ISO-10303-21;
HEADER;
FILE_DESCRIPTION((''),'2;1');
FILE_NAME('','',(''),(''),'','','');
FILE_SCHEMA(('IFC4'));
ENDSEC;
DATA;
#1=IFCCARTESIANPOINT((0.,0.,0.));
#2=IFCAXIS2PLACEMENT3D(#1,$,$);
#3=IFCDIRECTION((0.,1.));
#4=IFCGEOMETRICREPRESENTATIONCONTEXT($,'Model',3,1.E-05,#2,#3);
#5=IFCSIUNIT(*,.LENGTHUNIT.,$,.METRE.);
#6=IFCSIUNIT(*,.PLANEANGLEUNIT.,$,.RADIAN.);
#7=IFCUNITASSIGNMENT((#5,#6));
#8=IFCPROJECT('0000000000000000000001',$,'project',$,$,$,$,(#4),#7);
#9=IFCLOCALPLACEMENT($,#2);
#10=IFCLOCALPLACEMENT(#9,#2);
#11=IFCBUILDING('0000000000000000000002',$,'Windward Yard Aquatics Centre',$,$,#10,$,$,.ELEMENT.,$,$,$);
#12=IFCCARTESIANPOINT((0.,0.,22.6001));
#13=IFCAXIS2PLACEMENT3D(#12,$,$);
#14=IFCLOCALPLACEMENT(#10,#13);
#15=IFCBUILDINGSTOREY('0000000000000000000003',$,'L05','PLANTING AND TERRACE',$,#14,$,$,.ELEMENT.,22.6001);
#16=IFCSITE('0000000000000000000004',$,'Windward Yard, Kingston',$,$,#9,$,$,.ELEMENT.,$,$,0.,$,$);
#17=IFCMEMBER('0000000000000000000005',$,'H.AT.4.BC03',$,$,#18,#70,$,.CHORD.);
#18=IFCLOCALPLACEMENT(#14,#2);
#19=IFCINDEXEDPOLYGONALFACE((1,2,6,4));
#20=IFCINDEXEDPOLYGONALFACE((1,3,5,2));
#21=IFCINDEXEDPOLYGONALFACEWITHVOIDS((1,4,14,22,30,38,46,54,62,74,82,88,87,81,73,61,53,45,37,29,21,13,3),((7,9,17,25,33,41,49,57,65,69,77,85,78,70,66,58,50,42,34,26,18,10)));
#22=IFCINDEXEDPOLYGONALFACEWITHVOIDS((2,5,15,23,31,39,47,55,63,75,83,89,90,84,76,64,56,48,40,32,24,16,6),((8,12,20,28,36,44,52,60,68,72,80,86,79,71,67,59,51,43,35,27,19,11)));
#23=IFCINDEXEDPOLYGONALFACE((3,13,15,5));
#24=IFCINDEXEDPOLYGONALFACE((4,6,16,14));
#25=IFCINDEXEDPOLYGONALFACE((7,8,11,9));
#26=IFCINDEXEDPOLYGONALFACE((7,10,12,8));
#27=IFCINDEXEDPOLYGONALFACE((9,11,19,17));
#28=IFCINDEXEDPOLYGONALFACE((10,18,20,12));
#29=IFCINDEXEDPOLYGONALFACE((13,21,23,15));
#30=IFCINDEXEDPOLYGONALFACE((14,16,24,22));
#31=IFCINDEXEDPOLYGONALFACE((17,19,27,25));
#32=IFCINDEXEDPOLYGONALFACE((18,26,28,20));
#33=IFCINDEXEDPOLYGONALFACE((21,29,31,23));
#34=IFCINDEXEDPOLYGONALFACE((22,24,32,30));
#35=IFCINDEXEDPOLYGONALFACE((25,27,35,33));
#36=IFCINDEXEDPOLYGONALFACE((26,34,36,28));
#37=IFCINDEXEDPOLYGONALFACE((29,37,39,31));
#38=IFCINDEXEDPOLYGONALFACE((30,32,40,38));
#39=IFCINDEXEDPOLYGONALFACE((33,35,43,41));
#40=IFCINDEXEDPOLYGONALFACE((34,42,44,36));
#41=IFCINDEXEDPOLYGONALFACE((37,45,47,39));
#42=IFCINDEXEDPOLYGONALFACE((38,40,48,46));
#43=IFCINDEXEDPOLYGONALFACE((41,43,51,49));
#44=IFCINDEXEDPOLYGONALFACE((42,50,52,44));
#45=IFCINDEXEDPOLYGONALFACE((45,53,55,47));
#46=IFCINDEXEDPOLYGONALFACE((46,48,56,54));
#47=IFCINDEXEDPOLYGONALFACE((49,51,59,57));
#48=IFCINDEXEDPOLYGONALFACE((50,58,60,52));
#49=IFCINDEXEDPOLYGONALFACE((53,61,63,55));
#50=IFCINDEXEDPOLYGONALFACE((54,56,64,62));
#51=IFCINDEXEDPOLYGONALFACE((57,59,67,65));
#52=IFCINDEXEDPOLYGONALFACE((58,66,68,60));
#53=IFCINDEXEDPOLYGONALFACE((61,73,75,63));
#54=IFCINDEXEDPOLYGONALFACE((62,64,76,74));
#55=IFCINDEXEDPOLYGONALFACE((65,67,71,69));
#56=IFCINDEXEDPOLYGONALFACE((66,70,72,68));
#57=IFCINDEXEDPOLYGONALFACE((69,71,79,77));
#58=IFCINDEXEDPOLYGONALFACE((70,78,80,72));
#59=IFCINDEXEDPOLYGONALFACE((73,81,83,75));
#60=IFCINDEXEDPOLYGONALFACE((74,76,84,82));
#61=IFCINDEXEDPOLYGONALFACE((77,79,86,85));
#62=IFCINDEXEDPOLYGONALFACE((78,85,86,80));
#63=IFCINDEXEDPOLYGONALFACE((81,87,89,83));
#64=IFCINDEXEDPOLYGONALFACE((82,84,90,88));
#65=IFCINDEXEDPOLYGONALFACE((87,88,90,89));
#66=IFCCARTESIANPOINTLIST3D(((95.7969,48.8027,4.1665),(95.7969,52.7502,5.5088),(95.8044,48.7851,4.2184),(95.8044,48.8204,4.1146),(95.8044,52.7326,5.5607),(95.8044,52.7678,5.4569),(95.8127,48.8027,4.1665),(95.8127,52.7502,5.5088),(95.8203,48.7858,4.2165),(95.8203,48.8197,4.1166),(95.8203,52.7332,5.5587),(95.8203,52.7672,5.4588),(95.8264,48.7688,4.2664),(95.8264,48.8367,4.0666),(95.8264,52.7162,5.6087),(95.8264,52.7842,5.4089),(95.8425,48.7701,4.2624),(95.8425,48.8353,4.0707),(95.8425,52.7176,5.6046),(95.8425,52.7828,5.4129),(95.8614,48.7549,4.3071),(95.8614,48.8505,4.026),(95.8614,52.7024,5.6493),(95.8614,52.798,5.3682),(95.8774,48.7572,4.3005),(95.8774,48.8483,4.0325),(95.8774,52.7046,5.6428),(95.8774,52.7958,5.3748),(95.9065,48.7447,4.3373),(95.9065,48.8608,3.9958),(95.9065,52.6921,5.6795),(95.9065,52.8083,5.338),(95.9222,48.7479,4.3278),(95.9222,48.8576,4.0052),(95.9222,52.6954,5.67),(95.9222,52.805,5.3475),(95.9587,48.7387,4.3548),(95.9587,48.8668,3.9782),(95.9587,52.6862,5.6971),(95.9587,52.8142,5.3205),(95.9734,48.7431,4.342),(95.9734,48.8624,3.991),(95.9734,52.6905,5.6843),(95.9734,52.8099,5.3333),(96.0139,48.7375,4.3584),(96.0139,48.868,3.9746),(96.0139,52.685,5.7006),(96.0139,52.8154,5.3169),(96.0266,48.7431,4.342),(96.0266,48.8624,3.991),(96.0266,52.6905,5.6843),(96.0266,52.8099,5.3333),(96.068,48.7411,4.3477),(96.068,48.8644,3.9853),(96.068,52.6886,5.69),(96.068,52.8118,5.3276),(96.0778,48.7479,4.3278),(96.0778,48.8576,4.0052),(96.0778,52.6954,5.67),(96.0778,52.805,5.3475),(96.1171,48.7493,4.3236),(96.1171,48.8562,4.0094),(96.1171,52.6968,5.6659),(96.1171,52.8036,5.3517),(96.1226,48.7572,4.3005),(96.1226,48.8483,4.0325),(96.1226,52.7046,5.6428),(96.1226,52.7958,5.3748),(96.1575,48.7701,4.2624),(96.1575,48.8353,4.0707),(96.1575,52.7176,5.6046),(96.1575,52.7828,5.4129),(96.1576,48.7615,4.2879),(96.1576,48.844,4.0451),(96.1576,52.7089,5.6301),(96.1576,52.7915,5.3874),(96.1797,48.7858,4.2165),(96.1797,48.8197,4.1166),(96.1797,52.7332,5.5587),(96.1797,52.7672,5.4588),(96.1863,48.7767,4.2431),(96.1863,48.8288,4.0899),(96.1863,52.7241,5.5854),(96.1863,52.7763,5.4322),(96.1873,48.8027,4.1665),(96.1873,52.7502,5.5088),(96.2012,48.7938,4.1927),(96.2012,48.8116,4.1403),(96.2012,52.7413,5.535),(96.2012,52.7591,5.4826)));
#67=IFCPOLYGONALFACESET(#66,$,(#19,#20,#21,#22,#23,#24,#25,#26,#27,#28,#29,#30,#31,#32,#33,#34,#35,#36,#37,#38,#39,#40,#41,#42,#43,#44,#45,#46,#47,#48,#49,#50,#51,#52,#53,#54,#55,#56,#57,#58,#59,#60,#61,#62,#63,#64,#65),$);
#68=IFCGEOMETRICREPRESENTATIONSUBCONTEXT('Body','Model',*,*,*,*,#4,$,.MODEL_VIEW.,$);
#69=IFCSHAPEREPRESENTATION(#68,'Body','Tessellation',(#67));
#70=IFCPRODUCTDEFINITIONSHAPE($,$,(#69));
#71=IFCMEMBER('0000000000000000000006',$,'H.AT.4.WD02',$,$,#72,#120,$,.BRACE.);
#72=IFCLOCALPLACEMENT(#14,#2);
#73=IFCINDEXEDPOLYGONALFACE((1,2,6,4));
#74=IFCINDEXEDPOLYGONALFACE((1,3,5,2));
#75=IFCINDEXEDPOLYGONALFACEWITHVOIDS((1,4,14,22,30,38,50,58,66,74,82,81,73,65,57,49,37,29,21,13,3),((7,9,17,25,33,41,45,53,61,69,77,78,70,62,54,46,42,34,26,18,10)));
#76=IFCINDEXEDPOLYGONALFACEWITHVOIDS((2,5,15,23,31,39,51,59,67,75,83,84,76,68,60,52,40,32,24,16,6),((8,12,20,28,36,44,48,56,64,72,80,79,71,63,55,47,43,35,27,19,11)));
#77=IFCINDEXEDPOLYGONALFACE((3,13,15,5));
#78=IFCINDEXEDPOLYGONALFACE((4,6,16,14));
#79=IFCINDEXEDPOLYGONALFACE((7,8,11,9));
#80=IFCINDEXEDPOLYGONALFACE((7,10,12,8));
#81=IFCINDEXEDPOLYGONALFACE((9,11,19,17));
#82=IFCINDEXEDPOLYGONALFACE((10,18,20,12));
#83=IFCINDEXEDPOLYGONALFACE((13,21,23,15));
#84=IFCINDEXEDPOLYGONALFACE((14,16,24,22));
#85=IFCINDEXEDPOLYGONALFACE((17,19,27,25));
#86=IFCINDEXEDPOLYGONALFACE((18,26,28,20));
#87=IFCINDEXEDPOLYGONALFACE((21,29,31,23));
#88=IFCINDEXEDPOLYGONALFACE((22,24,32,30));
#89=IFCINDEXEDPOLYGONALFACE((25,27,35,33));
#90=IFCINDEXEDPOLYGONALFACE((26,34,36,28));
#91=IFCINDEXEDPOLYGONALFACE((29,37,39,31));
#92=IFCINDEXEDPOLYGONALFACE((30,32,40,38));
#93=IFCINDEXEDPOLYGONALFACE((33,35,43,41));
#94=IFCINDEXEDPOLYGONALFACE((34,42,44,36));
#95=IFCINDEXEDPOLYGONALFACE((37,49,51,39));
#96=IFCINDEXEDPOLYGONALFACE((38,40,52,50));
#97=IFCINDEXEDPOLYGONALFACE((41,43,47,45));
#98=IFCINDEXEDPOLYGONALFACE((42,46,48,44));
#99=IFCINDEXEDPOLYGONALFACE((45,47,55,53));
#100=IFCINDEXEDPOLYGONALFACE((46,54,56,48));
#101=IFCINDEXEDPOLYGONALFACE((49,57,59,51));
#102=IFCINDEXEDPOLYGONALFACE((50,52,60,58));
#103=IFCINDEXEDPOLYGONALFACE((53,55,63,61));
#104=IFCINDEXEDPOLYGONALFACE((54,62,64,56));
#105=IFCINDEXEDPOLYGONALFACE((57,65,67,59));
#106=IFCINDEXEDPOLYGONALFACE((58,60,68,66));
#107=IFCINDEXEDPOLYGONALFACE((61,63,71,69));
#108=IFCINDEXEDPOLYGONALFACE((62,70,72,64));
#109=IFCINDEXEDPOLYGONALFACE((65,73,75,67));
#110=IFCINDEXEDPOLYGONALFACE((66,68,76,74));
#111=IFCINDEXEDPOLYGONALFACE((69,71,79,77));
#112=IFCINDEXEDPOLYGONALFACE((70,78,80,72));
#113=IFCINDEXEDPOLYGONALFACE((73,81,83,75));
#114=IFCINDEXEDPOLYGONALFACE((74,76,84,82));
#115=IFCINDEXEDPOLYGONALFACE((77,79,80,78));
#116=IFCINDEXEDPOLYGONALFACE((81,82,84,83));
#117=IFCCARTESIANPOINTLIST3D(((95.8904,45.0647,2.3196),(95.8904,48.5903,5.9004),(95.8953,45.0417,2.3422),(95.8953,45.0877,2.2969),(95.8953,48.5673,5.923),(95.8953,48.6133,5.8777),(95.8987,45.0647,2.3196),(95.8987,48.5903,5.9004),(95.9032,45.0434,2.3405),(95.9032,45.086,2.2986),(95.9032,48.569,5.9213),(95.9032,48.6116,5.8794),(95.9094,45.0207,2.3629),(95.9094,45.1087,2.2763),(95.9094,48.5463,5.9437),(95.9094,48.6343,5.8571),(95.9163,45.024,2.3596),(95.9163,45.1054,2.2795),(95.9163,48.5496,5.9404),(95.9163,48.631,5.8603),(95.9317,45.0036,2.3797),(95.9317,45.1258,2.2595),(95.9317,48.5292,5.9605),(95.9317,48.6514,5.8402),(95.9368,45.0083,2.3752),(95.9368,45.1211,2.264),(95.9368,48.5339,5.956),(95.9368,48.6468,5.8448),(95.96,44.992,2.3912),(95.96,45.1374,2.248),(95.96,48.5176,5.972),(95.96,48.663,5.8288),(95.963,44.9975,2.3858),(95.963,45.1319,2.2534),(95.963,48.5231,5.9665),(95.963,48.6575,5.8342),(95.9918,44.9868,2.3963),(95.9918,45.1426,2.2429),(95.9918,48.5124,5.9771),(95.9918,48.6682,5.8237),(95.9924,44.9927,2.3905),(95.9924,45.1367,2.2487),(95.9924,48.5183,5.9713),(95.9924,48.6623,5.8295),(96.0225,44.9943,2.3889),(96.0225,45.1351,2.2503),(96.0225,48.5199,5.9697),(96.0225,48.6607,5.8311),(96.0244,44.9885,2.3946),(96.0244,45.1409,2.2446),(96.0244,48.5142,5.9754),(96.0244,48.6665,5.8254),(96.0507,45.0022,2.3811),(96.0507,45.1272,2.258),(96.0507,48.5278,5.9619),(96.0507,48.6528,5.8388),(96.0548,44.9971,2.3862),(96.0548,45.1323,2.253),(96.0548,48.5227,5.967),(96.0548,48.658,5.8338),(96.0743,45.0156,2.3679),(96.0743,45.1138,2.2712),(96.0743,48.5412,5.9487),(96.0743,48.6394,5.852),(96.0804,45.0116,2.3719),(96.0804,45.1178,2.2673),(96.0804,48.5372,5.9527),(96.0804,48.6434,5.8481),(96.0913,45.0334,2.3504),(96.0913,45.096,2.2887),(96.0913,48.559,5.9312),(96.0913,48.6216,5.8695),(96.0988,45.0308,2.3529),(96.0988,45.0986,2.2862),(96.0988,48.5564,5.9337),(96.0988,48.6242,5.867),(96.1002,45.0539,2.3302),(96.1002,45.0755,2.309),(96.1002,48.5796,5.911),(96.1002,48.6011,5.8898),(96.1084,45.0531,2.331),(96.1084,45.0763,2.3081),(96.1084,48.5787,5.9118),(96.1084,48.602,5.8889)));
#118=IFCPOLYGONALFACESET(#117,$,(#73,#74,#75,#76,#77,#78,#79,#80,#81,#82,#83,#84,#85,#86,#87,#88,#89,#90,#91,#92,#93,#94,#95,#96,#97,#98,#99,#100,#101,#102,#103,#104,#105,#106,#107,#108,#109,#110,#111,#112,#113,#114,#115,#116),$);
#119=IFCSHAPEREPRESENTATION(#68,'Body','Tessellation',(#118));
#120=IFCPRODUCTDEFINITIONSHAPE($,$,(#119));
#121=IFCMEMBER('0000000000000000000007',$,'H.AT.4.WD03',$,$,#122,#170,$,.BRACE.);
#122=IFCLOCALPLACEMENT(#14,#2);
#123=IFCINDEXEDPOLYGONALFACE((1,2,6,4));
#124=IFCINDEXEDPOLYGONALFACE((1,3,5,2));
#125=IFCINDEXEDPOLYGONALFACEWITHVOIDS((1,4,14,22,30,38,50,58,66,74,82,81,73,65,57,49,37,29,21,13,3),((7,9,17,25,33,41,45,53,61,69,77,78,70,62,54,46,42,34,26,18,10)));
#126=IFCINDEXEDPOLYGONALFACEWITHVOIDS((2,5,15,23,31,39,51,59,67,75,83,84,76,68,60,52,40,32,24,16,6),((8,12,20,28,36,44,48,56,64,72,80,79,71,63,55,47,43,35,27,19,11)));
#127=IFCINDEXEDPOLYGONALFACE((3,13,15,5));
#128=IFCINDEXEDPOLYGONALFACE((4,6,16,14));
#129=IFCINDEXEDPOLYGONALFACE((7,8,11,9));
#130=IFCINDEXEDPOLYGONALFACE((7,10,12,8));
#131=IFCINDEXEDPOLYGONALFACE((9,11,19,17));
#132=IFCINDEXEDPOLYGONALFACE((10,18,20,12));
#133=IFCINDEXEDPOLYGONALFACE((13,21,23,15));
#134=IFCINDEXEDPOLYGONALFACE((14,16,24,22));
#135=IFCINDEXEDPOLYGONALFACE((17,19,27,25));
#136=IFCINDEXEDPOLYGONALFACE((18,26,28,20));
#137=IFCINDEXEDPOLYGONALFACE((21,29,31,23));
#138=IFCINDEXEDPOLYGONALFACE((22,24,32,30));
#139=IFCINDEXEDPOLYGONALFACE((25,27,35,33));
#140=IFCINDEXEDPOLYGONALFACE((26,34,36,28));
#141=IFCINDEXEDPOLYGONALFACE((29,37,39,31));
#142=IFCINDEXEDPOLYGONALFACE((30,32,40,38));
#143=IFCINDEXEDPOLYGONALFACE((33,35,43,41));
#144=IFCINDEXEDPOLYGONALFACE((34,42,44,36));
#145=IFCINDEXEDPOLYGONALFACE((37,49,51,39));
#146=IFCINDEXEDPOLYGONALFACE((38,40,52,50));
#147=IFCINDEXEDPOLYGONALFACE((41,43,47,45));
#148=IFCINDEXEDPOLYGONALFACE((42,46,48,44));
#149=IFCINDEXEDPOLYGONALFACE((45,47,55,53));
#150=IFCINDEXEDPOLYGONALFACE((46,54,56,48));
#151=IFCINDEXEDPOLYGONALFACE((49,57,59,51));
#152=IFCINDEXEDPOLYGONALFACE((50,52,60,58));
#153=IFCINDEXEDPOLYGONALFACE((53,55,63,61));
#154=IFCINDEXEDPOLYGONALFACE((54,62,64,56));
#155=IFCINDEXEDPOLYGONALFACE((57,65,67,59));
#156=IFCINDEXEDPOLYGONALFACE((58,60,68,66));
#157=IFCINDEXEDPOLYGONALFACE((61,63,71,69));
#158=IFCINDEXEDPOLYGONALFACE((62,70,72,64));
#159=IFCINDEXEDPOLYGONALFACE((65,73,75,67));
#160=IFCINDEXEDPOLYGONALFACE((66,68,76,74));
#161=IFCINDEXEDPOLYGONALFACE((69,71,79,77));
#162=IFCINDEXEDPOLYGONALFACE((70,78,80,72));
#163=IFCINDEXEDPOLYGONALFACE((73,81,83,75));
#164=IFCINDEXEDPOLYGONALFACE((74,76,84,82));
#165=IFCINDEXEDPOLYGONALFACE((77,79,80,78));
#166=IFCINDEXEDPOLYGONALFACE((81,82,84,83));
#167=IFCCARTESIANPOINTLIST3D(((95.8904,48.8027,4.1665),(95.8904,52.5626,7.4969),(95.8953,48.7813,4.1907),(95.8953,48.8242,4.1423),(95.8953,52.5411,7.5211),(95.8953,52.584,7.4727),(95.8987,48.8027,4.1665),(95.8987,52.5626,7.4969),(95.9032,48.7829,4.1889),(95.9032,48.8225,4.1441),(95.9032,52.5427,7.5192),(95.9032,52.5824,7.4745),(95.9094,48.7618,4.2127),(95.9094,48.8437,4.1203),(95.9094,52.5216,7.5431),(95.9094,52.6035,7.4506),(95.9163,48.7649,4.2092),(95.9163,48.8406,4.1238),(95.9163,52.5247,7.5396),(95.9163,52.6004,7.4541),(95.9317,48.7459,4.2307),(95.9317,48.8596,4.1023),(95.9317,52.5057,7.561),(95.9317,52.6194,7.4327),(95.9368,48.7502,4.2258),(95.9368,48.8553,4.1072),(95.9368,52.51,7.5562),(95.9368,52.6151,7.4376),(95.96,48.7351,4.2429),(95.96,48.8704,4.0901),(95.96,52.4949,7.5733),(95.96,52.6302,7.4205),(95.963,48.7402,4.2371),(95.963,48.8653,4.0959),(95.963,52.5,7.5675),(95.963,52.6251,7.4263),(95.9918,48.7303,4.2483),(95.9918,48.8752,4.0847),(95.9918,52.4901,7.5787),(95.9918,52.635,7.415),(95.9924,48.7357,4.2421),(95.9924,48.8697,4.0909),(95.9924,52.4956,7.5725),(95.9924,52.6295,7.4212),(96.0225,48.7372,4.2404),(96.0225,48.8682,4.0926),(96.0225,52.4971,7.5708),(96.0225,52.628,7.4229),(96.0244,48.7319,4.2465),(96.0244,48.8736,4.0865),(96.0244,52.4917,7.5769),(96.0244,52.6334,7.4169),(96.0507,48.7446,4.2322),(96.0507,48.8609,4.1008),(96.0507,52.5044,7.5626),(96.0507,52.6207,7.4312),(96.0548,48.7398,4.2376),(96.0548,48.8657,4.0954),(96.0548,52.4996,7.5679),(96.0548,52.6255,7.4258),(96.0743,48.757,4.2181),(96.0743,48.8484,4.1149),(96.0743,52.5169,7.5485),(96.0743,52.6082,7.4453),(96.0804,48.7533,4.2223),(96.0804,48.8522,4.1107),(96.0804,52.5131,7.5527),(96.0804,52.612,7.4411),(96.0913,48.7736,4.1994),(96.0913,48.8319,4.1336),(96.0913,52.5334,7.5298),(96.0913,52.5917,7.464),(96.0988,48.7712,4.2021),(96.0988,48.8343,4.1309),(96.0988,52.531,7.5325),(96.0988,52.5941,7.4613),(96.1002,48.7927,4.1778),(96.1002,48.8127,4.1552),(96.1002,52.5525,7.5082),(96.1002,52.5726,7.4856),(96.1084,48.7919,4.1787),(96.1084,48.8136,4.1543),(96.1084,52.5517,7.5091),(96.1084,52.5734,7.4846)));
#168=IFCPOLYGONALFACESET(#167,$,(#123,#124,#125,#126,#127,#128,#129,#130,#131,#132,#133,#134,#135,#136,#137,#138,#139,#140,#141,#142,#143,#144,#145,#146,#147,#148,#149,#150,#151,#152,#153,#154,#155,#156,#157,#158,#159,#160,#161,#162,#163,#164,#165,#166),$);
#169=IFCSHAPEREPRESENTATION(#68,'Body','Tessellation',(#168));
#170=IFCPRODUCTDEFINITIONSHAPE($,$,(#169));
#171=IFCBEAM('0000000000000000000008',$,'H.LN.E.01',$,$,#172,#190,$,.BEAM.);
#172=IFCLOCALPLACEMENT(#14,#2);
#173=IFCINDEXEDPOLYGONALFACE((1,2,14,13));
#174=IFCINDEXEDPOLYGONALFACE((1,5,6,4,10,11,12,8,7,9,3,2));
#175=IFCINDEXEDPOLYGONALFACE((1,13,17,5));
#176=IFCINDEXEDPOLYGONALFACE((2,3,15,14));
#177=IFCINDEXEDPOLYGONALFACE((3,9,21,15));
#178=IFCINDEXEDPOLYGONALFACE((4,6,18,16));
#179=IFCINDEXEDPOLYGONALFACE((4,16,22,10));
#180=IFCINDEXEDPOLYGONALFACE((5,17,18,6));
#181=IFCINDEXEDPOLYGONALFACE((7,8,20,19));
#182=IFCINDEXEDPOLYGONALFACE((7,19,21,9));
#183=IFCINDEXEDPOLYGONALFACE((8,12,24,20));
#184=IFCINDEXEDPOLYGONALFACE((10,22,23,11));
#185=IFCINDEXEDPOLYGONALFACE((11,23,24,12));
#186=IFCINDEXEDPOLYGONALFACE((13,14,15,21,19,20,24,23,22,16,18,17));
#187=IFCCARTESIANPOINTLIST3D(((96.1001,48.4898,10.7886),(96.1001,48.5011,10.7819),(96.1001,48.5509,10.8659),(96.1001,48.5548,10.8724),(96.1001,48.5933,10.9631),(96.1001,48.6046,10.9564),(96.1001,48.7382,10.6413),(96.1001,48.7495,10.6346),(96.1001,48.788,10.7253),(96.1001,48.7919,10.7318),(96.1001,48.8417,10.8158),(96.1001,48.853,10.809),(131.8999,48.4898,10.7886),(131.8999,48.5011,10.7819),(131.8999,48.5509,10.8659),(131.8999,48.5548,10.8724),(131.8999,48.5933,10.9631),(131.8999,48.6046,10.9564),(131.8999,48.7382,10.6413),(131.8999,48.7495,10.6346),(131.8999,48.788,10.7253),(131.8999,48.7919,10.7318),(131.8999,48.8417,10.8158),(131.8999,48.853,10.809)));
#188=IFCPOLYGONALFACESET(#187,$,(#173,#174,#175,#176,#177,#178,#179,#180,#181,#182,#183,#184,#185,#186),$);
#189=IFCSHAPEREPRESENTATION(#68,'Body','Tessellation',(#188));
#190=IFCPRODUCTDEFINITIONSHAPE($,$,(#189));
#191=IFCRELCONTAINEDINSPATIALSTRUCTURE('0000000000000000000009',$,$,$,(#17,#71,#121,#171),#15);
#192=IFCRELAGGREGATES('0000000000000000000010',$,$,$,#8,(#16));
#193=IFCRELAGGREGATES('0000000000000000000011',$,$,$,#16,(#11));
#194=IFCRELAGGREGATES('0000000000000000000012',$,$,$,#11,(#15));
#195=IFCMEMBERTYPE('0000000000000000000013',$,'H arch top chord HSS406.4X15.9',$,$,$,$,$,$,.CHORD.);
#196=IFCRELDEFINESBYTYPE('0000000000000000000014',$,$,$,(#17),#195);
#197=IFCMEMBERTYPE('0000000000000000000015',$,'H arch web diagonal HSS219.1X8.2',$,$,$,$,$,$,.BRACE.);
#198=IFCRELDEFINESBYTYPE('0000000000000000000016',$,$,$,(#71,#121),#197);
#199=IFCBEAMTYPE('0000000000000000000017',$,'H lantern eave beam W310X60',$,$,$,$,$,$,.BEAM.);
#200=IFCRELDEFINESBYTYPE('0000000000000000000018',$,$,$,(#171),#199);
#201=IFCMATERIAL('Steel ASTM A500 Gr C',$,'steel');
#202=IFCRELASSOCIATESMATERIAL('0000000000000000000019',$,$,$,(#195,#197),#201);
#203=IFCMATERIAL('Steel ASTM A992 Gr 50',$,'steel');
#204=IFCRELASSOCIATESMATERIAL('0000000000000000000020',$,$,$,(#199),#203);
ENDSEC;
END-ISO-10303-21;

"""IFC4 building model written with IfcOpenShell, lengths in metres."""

from ifc_helpers import new_model, si_unit, direction, frame, origin, origin_2d, place, context, subcontext, project, spatial, hollow_circle, i_section, extrude, material, material_profile, profile_set, type_object, element, save


model = new_model("IFC4")

# Units and contexts
model_context = context("Model", 3, precision=1e-05, world=origin(), true_north=direction((0.0, 1.0)))
body_context = subcontext(model_context, "Body", "Model", "MODEL_VIEW")
ifc_project = project(units=[si_unit("LENGTHUNIT", "METRE"), si_unit("PLANEANGLEUNIT", "RADIAN")], contexts=[model_context])

# Site, building, storey
site_placement = place(None, origin())
site = spatial("IfcSite", under=ifc_project, at=site_placement, Name="Windward Yard, Kingston", CompositionType="ELEMENT", RefElevation=0.0)
building_placement = place(site_placement, origin())
building = spatial("IfcBuilding", under=site, at=building_placement, Name="Windward Yard Aquatics Centre", CompositionType="ELEMENT")
storey_placement = place(building_placement, frame((0.0, 0.0, 22.6001)))
storey = spatial("IfcBuildingStorey", under=building, at=storey_placement, Name="L05", Description="PLANTING AND TERRACE", CompositionType="ELEMENT", Elevation=22.6001)

# Members
ifc_material_1 = material(Name="Steel ASTM A500 Gr C", Category="steel")
ifc_material_profile_1 = material_profile(ifc_material_1, hollow_circle(Radius=0.2031, WallThickness=0.0159, at=origin_2d()), Name="HSS406.4X15.9")
ifc_profile_set_1 = profile_set([ifc_material_profile_1], Name="Steel ASTM A500 Gr C")
member_type_1 = type_object("IfcMemberType", Name="H arch top chord HSS406.4X15.9", PredefinedType="CHORD", material=ifc_profile_set_1)
member_1_placement = place(storey_placement, frame((96.0, 48.8027, 4.1665), z_axis=(0.0, 0.946763, 0.321931), x_axis=(-1.0, 0.0, 0.0)))
element("IfcMember", 1, at=member_1_placement, inside=storey, type_object=member_type_1, Name="H.AT.4.BC03", PredefinedType="CHORD", context=body_context, shape_type="SweptSolid", body=[
    extrude(hollow_circle(Radius=0.2031, WallThickness=0.0159, at=origin_2d()), origin(), (0.0, 0.0, 1.0), 4.1694),
])
ifc_material_profile_2 = material_profile(ifc_material_1, hollow_circle(Radius=0.1096, WallThickness=0.0083, at=origin_2d()), Name="HSS219.1X8.2")
ifc_profile_set_2 = profile_set([ifc_material_profile_2], Name="Steel ASTM A500 Gr C")
member_type_2 = type_object("IfcMemberType", Name="H arch web diagonal HSS219.1X8.2", PredefinedType="BRACE", material=ifc_profile_set_2)
member_2_placement = place(storey_placement, frame((96.0, 45.0647, 2.3196), z_axis=(0.0, 0.701596, 0.712575), x_axis=(-1.0, 0.0, 0.0)))
element("IfcMember", 2, at=member_2_placement, inside=storey, type_object=member_type_2, Name="H.AT.4.WD02", PredefinedType="BRACE", context=body_context, shape_type="SweptSolid", body=[
    extrude(hollow_circle(Radius=0.1096, WallThickness=0.0083, at=origin_2d()), origin(), (0.0, 0.0, 1.0), 5.0251),
])
member_3_placement = place(storey_placement, frame((96.0, 48.8027, 4.1665), z_axis=(0.0, 0.748564, 0.663062), x_axis=(-1.0, 0.0, 0.0)))
element("IfcMember", 3, at=member_3_placement, inside=storey, type_object=member_type_2, Name="H.AT.4.WD03", PredefinedType="BRACE", context=body_context, shape_type="SweptSolid", body=[
    extrude(hollow_circle(Radius=0.1096, WallThickness=0.0083, at=origin_2d()), origin(), (0.0, 0.0, 1.0), 5.0227),
])

# Beam
ifc_material_2 = material(Name="Steel ASTM A992 Gr 50", Category="steel")
ifc_material_profile_3 = material_profile(ifc_material_2, i_section(OverallWidth=0.2029, OverallDepth=0.302, WebThickness=0.0076, FlangeThickness=0.0132, at=origin_2d()), Name="W310X60")
ifc_profile_set_3 = profile_set([ifc_material_profile_3], Name="Steel ASTM A992 Gr 50")
beam_type = type_object("IfcBeamType", Name="H lantern eave beam W310X60", PredefinedType="BEAM", material=ifc_profile_set_3)
beam_placement = place(storey_placement, frame((96.1001, 48.6714, 10.7988), z_axis=(1.0, 0.0, 0.0), x_axis=(0.0, 0.51012, 0.860103)))
element("IfcBeam", 4, at=beam_placement, inside=storey, type_object=beam_type, Name="H.LN.E.01", PredefinedType="BEAM", context=body_context, shape_type="SweptSolid", body=[
    extrude(i_section(OverallWidth=0.2029, OverallDepth=0.302, WebThickness=0.0076, FlangeThickness=0.0132, at=origin_2d()), origin(), (0.0, 0.0, 1.0), 35.7998),
])

save(model, "model.ifc")
